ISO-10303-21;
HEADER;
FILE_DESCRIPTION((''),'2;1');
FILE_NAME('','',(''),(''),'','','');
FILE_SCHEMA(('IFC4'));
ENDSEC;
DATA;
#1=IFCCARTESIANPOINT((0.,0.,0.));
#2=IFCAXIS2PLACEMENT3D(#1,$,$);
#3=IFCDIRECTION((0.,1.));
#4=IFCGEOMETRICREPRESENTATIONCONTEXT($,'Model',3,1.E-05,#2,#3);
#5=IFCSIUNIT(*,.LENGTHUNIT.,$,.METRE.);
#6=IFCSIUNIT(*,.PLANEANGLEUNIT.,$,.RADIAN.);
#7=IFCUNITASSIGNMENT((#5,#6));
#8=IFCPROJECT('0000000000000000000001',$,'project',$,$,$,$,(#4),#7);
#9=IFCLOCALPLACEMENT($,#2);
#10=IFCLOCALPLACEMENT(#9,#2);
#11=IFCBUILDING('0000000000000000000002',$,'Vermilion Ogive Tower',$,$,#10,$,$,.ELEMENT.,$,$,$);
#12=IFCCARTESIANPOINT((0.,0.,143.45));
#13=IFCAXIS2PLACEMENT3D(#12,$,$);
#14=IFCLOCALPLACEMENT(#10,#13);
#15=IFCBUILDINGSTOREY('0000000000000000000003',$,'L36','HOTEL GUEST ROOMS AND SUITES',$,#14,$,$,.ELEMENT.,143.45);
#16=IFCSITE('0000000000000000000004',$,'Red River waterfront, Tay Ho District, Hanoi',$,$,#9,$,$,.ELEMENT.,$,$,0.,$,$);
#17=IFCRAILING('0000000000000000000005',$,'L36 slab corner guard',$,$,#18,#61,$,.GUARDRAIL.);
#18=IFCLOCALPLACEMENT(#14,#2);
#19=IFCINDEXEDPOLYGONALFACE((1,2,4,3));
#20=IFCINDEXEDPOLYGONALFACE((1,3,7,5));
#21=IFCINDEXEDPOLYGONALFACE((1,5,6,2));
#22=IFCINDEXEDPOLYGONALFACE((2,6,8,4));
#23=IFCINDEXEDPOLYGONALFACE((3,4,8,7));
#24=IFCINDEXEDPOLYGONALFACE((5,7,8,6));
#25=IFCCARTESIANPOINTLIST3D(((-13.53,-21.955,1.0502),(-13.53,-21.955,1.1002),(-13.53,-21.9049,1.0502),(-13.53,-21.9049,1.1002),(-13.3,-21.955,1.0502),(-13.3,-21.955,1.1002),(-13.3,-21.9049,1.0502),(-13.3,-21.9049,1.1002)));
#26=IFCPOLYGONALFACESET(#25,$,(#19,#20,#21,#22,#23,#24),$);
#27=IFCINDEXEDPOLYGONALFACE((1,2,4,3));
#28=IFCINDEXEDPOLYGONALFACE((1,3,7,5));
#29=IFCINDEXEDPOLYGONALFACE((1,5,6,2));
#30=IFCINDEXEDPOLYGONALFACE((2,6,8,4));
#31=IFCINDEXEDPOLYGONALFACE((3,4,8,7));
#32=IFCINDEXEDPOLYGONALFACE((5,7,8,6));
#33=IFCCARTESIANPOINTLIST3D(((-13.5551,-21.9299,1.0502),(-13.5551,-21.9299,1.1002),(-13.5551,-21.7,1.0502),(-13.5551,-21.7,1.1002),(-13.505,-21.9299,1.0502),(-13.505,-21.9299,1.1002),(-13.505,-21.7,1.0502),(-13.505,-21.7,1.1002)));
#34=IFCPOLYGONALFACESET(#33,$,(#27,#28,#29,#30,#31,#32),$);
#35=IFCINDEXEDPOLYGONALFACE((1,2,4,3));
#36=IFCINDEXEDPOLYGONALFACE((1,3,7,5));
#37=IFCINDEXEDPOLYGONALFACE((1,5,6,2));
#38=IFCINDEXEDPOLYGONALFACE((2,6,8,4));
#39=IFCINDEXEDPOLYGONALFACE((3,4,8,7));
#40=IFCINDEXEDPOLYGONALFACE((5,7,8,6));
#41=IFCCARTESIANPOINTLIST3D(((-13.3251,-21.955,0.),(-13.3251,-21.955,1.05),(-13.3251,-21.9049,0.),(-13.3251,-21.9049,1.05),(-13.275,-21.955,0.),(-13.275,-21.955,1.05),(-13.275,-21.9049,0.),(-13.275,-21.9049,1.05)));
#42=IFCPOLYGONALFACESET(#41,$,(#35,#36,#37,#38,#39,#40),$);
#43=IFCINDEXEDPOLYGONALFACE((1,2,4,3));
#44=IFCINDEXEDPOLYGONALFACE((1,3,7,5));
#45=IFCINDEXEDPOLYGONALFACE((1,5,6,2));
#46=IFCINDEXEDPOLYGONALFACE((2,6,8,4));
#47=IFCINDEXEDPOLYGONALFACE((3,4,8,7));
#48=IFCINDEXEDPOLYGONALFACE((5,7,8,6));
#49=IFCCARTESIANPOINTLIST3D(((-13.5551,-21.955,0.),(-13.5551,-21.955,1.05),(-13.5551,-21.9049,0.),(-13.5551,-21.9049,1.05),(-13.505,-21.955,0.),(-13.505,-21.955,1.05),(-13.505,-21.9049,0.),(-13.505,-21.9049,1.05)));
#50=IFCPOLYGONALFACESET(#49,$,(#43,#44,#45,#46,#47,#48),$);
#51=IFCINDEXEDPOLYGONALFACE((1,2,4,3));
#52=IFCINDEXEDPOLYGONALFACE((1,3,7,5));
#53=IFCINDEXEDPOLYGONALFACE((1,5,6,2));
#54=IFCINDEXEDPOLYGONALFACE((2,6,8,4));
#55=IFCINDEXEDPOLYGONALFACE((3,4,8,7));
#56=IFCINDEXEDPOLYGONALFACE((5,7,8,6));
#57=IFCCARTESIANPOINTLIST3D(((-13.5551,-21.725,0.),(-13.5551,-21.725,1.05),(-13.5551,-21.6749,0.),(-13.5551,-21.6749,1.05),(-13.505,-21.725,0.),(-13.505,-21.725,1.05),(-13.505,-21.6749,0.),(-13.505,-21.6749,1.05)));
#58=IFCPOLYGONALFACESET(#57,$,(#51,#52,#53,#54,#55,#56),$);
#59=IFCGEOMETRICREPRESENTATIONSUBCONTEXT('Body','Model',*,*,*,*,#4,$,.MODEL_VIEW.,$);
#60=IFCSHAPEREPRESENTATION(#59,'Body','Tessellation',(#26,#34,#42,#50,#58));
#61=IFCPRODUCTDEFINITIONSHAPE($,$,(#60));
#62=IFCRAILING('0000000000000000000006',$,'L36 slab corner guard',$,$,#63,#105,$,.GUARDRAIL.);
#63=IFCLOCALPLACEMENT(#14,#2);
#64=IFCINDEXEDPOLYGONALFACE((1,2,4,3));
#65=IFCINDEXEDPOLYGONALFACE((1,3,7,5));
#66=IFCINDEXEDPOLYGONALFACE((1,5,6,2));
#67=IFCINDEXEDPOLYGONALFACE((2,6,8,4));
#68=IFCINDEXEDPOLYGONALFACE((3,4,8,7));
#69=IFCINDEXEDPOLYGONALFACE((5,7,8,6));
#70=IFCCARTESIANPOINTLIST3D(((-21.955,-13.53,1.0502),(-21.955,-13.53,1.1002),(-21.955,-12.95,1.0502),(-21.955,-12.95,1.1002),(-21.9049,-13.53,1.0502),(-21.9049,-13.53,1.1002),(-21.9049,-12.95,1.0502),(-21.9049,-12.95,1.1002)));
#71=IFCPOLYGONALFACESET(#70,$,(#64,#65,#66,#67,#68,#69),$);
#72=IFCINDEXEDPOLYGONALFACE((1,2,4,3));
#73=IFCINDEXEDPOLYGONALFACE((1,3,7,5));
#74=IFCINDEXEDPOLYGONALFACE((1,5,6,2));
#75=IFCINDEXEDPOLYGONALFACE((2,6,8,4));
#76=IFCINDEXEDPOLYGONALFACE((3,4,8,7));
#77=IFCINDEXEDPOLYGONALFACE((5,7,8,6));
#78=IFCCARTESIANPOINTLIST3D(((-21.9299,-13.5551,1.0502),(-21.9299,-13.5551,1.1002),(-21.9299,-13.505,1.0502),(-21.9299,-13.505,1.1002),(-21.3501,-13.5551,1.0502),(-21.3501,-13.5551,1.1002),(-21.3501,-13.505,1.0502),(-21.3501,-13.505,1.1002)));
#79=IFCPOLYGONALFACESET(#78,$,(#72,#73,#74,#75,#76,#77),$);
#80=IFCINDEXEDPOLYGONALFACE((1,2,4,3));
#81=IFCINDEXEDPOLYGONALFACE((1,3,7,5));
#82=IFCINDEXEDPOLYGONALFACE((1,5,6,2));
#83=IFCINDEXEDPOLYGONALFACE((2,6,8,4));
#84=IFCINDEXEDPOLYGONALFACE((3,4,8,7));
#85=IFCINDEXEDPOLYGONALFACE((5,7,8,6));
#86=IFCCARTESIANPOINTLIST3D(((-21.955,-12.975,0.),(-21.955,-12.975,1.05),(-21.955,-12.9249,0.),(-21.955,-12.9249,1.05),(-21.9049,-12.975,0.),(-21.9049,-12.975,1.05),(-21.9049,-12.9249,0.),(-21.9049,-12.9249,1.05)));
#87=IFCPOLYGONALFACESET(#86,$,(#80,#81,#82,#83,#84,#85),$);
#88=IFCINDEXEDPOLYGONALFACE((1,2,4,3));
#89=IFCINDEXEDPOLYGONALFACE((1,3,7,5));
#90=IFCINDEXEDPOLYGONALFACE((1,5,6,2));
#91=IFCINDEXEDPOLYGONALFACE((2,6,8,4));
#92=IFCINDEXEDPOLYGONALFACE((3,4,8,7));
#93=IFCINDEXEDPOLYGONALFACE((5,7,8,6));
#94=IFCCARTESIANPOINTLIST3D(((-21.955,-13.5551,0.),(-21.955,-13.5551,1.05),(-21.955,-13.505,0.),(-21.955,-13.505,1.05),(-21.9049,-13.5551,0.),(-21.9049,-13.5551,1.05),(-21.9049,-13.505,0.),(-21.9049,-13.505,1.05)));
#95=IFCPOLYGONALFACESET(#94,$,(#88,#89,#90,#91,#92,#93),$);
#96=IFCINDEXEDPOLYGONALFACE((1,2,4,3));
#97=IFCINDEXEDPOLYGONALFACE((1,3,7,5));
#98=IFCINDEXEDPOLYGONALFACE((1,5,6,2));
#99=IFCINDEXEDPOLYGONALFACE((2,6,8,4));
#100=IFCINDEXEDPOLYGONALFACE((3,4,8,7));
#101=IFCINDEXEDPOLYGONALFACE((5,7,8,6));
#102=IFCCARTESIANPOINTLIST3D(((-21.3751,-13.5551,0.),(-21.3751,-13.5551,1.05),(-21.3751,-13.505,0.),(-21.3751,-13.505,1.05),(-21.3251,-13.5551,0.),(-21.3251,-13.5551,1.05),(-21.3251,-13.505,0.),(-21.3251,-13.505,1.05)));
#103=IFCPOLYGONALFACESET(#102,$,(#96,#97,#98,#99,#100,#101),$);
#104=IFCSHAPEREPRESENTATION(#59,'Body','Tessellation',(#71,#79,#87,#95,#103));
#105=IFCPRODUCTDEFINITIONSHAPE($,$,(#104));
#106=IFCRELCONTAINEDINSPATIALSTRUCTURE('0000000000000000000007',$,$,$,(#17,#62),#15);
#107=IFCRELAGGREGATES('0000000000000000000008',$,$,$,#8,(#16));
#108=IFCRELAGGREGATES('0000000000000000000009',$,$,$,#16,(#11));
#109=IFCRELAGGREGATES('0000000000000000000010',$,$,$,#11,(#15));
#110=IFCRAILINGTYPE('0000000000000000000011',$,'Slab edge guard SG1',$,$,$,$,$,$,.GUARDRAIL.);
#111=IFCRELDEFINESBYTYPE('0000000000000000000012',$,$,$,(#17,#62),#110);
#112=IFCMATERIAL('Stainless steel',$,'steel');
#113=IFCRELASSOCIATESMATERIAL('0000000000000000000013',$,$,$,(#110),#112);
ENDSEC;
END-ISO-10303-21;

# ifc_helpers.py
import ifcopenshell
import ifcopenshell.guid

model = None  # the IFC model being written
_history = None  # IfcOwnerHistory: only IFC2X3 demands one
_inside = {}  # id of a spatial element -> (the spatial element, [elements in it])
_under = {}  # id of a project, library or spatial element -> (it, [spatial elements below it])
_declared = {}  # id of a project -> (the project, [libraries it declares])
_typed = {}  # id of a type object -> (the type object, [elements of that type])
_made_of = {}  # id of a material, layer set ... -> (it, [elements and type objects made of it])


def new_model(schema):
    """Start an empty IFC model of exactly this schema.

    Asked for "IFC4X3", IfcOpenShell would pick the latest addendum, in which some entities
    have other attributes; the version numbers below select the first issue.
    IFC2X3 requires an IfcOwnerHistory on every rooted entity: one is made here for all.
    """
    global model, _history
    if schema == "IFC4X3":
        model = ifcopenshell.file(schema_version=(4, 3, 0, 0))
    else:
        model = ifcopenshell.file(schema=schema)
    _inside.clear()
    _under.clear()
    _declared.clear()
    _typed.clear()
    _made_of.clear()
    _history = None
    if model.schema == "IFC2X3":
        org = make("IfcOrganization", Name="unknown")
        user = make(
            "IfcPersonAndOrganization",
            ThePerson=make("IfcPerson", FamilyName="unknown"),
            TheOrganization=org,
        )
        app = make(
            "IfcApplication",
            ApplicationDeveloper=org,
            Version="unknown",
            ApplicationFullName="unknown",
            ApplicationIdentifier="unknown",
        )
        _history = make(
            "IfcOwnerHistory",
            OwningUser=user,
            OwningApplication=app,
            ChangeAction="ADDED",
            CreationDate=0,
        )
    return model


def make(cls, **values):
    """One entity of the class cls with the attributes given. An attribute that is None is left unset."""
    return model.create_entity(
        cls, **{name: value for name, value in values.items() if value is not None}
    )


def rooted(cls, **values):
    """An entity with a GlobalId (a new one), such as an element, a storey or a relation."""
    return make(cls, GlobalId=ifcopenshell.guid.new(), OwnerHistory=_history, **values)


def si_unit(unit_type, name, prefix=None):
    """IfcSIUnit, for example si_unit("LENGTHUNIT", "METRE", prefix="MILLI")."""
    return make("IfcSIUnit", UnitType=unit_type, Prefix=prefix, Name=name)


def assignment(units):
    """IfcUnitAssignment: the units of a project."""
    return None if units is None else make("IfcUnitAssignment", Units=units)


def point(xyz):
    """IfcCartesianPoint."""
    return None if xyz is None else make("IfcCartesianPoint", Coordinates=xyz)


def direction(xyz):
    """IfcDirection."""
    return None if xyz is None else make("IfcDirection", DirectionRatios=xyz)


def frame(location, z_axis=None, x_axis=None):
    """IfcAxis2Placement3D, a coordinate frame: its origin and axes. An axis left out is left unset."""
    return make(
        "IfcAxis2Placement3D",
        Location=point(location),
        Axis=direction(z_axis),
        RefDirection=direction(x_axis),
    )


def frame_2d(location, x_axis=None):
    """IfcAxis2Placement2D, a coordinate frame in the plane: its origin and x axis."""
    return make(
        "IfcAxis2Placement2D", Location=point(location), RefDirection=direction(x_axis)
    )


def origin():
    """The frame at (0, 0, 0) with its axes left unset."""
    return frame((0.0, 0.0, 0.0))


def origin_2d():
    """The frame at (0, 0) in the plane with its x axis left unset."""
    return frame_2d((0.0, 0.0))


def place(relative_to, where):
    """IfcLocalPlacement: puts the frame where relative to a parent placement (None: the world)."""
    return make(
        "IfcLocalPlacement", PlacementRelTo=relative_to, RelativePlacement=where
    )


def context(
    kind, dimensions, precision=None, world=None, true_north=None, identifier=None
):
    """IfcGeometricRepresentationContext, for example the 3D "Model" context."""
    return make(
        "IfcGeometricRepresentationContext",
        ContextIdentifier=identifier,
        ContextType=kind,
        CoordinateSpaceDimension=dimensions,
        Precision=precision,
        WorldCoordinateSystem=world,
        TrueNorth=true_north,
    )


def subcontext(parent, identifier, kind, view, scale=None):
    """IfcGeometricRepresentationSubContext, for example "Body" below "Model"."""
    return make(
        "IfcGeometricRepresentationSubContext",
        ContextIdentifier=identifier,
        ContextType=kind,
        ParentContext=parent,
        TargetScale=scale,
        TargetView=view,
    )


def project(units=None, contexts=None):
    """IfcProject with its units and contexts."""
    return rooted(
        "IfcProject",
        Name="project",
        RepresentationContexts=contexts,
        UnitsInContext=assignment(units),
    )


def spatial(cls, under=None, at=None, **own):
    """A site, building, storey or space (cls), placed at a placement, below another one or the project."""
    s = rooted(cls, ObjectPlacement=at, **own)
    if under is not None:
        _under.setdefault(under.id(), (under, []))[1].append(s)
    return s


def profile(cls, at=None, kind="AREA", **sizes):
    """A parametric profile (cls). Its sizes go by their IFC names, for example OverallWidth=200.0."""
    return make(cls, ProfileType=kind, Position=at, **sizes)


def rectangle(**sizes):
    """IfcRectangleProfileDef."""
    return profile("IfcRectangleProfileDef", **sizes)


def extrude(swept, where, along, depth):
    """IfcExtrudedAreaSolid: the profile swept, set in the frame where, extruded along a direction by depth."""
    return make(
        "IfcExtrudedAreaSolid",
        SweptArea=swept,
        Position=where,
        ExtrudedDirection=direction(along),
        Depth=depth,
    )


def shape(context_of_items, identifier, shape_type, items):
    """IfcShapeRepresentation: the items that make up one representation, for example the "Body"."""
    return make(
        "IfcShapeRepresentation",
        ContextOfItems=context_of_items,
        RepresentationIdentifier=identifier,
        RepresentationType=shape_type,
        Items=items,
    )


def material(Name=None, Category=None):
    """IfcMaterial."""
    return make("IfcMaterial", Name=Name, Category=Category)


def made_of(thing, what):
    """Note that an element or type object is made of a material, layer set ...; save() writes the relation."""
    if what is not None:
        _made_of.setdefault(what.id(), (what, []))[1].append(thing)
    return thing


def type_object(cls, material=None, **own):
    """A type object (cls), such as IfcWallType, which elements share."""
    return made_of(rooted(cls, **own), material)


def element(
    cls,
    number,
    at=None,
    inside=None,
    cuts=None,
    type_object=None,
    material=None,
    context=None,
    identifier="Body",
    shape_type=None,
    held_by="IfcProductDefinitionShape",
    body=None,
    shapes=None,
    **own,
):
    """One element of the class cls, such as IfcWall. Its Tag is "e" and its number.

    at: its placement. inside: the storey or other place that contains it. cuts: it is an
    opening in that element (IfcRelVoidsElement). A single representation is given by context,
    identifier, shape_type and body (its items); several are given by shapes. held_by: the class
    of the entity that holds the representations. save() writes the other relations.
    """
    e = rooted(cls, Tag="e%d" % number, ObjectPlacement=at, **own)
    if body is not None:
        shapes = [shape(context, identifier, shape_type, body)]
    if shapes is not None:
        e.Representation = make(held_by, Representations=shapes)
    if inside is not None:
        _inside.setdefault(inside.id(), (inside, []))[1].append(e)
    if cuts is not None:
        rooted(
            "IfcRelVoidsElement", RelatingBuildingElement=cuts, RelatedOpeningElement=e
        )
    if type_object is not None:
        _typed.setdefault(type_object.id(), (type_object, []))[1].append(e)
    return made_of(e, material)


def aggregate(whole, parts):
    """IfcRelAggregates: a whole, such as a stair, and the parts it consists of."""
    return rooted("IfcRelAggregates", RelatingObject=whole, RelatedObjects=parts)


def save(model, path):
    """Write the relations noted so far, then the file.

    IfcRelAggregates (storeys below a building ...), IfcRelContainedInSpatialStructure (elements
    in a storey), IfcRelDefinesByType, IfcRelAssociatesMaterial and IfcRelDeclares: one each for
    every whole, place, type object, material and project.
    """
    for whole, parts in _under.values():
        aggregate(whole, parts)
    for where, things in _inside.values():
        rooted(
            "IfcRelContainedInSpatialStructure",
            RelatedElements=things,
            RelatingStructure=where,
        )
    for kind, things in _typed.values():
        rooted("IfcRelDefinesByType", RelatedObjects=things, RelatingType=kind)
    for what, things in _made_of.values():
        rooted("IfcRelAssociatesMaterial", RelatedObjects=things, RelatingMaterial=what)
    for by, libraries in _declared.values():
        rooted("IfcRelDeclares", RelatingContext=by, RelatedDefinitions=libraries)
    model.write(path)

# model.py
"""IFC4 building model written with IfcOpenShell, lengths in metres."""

from ifc_helpers import new_model, si_unit, direction, frame, origin, origin_2d, place, context, subcontext, project, spatial, rectangle, extrude, material, type_object, element, save


model = new_model("IFC4")

# Units and contexts
model_context = context("Model", 3, precision=1e-05, world=origin(), true_north=direction((0.0, 1.0)))
body_context = subcontext(model_context, "Body", "Model", "MODEL_VIEW")
ifc_project = project(units=[si_unit("LENGTHUNIT", "METRE"), si_unit("PLANEANGLEUNIT", "RADIAN")], contexts=[model_context])

# Site, building, storey
site_placement = place(None, origin())
site = spatial("IfcSite", under=ifc_project, at=site_placement, Name="Red River waterfront, Tay Ho District, Hanoi", CompositionType="ELEMENT", RefElevation=0.0)
building_placement = place(site_placement, origin())
building = spatial("IfcBuilding", under=site, at=building_placement, Name="Vermilion Ogive Tower", CompositionType="ELEMENT")
storey_placement = place(building_placement, frame((0.0, 0.0, 143.45)))
storey = spatial("IfcBuildingStorey", under=building, at=storey_placement, Name="L36", Description="HOTEL GUEST ROOMS AND SUITES", CompositionType="ELEMENT", Elevation=143.45)

# Railings
ifc_material_1 = material(Name="Stainless steel", Category="steel")
railing_type_1 = type_object("IfcRailingType", Name="Slab edge guard SG1", PredefinedType="GUARDRAIL", material=ifc_material_1)
railing_1_placement = place(storey_placement, frame((-13.3, -21.9299, 0.0)))
element("IfcRailing", 1, at=railing_1_placement, inside=storey, type_object=railing_type_1, Name="L36 slab corner guard", PredefinedType="GUARDRAIL", context=body_context, shape_type="SweptSolid", body=[
    extrude(rectangle(XDim=0.05, YDim=0.05, at=origin_2d()), frame((0.0, 0.0, 1.0752), z_axis=(-1.0, 0.0, 0.0), x_axis=(0.0, -1.0, 0.0)), (0.0, 0.0, 1.0), 0.23),
    extrude(rectangle(XDim=0.05, YDim=0.05, at=origin_2d()), frame((-0.23, 0.0, 1.0752), z_axis=(0.0, 1.0, 0.0), x_axis=(-1.0, 0.0, 0.0)), (0.0, 0.0, 1.0), 0.23),
    extrude(rectangle(XDim=0.05, YDim=0.05, at=origin_2d()), origin(), (0.0, 0.0, 1.0), 1.05),
    extrude(rectangle(XDim=0.05, YDim=0.05, at=origin_2d()), frame((-0.23, 0.0, 0.0)), (0.0, 0.0, 1.0), 1.05),
    extrude(rectangle(XDim=0.05, YDim=0.05, at=origin_2d()), frame((-0.23, 0.23, 0.0)), (0.0, 0.0, 1.0), 1.05),
])
railing_2_placement = place(storey_placement, frame((-21.9299, -12.95, 0.0)))
element("IfcRailing", 2, at=railing_2_placement, inside=storey, type_object=railing_type_1, Name="L36 slab corner guard", PredefinedType="GUARDRAIL", context=body_context, shape_type="SweptSolid", body=[
    extrude(rectangle(XDim=0.05, YDim=0.05, at=origin_2d()), frame((0.0, 0.0, 1.0752), z_axis=(0.0, -1.0, 0.0), x_axis=(1.0, 0.0, 0.0)), (0.0, 0.0, 1.0), 0.5801),
    extrude(rectangle(XDim=0.05, YDim=0.05, at=origin_2d()), frame((0.0, -0.5801, 1.0752), z_axis=(1.0, 0.0, 0.0), x_axis=(0.0, 1.0, 0.0)), (0.0, 0.0, 1.0), 0.5798),
    extrude(rectangle(XDim=0.05, YDim=0.05, at=origin_2d()), origin(), (0.0, 0.0, 1.0), 1.05),
    extrude(rectangle(XDim=0.05, YDim=0.05, at=origin_2d()), frame((0.0, -0.5801, 0.0)), (0.0, 0.0, 1.0), 1.05),
    extrude(rectangle(XDim=0.05, YDim=0.05, at=origin_2d()), frame((0.5798, -0.5801, 0.0)), (0.0, 0.0, 1.0), 1.05),
])

save(model, "model.ifc")
